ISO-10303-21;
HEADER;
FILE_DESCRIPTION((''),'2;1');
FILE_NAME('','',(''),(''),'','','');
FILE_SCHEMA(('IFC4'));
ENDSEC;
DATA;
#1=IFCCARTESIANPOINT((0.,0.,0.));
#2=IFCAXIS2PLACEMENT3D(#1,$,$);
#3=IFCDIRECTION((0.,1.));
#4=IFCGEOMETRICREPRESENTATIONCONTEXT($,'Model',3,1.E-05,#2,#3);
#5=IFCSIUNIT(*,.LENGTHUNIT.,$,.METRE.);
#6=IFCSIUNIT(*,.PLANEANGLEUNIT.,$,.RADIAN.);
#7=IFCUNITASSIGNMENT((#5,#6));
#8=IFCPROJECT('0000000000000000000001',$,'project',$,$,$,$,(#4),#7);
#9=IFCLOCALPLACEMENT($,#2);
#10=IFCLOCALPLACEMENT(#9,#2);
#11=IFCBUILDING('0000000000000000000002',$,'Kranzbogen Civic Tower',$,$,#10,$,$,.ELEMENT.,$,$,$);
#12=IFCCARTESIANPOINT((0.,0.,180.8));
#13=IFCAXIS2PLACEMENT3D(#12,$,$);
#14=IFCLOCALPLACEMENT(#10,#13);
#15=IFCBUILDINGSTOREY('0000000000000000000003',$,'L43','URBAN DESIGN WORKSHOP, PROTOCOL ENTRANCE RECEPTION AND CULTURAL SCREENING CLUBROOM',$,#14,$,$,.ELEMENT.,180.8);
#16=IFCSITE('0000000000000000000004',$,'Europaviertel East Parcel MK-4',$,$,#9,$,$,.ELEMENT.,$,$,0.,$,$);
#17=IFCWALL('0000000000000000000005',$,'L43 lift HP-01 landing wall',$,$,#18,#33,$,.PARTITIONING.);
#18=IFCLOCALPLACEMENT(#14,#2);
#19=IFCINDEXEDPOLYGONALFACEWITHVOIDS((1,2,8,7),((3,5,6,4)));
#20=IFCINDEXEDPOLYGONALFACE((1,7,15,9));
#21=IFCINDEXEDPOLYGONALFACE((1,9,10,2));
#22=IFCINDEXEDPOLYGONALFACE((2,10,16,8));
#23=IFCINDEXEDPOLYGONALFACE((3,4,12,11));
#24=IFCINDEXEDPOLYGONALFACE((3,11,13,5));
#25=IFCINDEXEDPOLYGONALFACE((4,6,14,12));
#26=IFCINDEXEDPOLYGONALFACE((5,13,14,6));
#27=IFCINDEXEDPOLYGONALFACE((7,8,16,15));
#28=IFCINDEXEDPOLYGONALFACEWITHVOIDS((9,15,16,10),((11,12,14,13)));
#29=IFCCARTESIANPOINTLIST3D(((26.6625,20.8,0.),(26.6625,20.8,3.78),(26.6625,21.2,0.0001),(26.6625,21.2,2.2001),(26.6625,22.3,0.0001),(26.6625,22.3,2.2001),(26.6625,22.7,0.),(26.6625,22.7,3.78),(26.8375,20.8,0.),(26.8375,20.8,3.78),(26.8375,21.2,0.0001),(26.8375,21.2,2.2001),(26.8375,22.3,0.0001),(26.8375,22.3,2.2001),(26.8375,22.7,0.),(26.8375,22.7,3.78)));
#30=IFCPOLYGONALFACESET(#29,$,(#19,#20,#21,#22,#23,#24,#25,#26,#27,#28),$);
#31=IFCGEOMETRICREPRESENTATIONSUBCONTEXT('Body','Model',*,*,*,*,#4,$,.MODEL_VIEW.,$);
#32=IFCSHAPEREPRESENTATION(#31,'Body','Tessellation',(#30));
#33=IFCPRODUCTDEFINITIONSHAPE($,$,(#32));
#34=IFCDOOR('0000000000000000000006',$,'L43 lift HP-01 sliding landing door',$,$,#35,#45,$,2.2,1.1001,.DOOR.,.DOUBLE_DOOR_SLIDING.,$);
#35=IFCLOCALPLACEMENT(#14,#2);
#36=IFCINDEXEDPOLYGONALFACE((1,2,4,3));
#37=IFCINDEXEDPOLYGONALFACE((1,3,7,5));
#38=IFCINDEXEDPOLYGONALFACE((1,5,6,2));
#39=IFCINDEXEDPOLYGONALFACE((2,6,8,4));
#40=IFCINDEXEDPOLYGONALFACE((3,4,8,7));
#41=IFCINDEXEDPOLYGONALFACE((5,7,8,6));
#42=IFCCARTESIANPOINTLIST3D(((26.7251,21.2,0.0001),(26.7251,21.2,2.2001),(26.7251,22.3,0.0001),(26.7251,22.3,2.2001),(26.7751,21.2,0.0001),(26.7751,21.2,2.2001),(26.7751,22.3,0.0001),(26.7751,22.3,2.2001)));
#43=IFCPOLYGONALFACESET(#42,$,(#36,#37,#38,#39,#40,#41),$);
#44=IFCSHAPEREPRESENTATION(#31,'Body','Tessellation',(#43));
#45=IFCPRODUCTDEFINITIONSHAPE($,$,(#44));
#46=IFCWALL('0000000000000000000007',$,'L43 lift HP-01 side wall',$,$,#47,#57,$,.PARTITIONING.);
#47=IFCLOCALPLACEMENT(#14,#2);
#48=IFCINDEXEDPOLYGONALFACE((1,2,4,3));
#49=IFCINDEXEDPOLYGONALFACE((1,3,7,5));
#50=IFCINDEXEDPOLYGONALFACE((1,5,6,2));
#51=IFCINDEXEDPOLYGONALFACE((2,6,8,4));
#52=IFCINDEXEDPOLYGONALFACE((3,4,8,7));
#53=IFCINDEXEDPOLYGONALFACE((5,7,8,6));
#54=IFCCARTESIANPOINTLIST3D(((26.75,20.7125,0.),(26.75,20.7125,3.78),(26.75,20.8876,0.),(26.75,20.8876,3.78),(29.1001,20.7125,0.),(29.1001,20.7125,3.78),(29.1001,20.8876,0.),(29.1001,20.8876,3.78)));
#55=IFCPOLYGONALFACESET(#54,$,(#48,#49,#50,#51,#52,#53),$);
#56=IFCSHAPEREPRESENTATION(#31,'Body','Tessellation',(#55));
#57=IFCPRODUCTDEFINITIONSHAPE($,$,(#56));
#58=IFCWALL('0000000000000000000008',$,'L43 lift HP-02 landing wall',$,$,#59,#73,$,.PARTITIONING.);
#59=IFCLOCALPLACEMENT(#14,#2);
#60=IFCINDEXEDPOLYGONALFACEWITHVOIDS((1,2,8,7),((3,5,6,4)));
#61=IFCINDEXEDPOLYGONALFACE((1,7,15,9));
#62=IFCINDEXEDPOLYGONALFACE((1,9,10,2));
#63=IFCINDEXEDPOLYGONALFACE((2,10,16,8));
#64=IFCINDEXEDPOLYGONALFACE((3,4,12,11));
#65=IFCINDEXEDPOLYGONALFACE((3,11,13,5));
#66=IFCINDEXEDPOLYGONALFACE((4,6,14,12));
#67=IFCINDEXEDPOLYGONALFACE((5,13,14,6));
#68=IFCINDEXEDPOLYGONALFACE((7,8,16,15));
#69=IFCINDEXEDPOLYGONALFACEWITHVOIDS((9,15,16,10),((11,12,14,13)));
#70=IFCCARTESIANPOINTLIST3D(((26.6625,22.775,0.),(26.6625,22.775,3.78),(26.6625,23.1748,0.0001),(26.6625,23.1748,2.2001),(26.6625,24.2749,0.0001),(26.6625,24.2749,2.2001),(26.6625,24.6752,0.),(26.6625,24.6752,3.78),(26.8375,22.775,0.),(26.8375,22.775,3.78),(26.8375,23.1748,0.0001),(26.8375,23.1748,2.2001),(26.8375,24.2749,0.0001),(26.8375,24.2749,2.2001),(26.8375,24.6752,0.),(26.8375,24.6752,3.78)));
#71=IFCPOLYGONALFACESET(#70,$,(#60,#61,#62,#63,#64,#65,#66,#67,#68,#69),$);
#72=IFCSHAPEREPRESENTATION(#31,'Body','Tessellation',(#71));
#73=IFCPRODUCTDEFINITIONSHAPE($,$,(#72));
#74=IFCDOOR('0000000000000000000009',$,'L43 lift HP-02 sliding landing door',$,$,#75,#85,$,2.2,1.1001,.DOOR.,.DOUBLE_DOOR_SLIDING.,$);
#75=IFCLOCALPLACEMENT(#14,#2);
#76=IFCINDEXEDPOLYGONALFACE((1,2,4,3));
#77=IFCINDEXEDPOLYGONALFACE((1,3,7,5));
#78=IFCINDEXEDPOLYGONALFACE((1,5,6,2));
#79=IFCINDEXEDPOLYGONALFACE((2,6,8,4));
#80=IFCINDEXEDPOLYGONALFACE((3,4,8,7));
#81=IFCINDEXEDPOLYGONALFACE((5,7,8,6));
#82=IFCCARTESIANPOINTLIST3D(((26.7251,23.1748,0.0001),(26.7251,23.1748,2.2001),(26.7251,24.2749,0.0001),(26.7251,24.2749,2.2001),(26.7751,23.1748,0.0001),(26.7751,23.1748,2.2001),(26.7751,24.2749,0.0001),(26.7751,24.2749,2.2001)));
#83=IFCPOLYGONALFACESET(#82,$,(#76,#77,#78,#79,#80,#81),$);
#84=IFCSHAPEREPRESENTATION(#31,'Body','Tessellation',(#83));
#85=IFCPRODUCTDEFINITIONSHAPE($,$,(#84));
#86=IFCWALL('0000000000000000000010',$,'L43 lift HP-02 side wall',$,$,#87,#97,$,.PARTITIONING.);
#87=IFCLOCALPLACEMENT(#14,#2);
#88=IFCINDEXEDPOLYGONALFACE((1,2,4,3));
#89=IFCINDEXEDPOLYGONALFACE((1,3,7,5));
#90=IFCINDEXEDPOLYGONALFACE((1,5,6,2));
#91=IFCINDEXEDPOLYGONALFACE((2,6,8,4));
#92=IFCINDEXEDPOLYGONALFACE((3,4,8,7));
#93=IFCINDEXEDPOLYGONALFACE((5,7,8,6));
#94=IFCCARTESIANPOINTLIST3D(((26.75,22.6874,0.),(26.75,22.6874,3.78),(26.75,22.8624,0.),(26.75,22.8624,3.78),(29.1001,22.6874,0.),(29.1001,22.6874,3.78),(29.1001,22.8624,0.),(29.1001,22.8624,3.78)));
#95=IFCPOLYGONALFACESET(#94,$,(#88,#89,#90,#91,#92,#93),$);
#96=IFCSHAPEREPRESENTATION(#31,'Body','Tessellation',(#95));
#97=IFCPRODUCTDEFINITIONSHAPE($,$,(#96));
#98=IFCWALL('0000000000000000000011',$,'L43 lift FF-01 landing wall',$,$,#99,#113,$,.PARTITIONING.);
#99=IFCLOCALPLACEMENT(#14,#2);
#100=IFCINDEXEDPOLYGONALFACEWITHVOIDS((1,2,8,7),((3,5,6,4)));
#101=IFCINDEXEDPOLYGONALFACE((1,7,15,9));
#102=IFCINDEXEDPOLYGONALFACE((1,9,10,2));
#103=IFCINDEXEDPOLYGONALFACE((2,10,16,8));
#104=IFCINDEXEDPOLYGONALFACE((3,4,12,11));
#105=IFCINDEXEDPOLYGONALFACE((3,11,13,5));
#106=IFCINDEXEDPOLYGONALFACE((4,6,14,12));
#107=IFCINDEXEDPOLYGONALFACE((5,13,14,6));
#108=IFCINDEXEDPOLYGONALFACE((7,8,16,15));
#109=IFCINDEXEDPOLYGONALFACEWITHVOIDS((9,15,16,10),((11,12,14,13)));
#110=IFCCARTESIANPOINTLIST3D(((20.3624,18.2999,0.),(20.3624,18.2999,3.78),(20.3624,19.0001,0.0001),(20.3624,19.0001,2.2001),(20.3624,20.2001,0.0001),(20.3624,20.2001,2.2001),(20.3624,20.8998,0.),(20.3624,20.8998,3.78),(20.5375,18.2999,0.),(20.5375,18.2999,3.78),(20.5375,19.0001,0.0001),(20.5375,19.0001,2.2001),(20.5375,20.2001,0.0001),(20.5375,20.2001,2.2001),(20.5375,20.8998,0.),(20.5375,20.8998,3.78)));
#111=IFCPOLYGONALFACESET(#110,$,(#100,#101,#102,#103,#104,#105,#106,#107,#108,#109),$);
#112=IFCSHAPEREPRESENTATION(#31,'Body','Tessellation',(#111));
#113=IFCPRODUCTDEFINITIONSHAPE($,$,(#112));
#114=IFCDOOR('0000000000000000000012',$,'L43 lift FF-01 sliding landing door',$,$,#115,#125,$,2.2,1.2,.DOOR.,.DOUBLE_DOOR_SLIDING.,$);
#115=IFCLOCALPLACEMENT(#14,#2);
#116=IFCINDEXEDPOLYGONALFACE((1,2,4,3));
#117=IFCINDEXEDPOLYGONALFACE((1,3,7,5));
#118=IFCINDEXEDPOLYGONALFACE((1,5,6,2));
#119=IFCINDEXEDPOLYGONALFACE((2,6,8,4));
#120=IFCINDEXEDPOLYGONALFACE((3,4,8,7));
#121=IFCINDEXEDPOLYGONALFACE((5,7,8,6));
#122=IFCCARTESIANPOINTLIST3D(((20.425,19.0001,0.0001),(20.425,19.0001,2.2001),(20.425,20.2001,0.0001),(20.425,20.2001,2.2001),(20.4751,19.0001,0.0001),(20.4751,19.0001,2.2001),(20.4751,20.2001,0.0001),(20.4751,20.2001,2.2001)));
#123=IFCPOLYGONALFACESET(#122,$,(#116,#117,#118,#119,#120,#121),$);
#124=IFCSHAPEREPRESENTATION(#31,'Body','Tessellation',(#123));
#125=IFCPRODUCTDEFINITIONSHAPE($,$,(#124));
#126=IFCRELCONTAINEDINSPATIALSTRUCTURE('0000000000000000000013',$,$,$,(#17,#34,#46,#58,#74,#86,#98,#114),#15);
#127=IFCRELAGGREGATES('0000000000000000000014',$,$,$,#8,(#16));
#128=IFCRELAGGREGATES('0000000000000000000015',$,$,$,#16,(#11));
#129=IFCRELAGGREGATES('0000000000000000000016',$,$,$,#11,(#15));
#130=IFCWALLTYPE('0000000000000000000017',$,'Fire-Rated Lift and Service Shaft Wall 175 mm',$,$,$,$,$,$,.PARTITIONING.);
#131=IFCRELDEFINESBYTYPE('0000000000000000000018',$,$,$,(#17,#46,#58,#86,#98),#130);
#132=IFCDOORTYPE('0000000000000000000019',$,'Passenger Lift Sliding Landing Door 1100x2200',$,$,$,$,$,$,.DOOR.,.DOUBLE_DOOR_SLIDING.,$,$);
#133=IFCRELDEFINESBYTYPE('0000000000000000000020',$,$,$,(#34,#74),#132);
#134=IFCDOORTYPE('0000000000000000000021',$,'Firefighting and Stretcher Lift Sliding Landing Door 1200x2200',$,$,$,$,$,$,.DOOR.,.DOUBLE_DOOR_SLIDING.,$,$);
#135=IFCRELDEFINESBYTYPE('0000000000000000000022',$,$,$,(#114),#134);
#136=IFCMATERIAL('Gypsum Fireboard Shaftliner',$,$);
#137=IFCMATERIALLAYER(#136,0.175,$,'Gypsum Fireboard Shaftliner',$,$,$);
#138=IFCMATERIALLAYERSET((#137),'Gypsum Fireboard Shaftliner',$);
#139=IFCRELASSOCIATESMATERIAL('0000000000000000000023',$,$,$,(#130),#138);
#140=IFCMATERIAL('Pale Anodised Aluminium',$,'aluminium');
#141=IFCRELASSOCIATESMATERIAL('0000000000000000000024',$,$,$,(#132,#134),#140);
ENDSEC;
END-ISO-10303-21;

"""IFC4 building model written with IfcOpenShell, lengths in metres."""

from ifc_helpers import new_model, si_unit, direction, frame, frame_2d, origin, place, context, subcontext, project, spatial, rectangle, extrude, material, layer, layer_set, type_object, element, fill, save


model = new_model("IFC4")

# Units and contexts
model_context = context("Model", 3, precision=1e-05, world=origin(), true_north=direction((0.0, 1.0)))
body_context = subcontext(model_context, "Body", "Model", "MODEL_VIEW")
ifc_project = project(units=[si_unit("LENGTHUNIT", "METRE"), si_unit("PLANEANGLEUNIT", "RADIAN")], contexts=[model_context])

# Site, building, storey
site_placement = place(None, origin())
site = spatial("IfcSite", under=ifc_project, at=site_placement, Name="Europaviertel East Parcel MK-4", CompositionType="ELEMENT", RefElevation=0.0)
building_placement = place(site_placement, origin())
building = spatial("IfcBuilding", under=site, at=building_placement, Name="Kranzbogen Civic Tower", CompositionType="ELEMENT")
storey_placement = place(building_placement, frame((0.0, 0.0, 180.8)))
storey = spatial("IfcBuildingStorey", under=building, at=storey_placement, Name="L43", Description="URBAN DESIGN WORKSHOP, PROTOCOL ENTRANCE RECEPTION AND CULTURAL SCREENING CLUBROOM", CompositionType="ELEMENT", Elevation=180.8)

# Wall, opening, door
ifc_material_1 = material(Name="Gypsum Fireboard Shaftliner")
ifc_layer_1 = layer(ifc_material_1, 0.175, Name="Gypsum Fireboard Shaftliner")
ifc_layer_set_1 = layer_set([ifc_layer_1], Name="Gypsum Fireboard Shaftliner")
wall_type_1 = type_object("IfcWallType", Name="Fire-Rated Lift and Service Shaft Wall 175 mm", PredefinedType="PARTITIONING", material=ifc_layer_set_1)
wall_1_placement = place(storey_placement, frame((26.75, 20.8, 0.0), z_axis=(0.0, 0.0, 1.0), x_axis=(0.0, 1.0, 0.0)))
wall_1 = element("IfcWall", 1, at=wall_1_placement, inside=storey, type_object=wall_type_1, Name="L43 lift HP-01 landing wall", PredefinedType="PARTITIONING", context=body_context, shape_type="SweptSolid", body=[
    extrude(rectangle(XDim=1.8999, YDim=0.175, at=frame_2d((0.95, 0.0))), origin(), (0.0, 0.0, 1.0), 3.78),
])
opening_1_placement = place(wall_1_placement, frame((0.3999, 0.0, 0.0)))
opening_1 = element("IfcOpeningElement", 2, at=opening_1_placement, cuts=wall_1, PredefinedType="OPENING", context=body_context, shape_type="SweptSolid", body=[
    extrude(rectangle(XDim=1.1001, YDim=2.2, at=frame_2d((0.55, 1.1001))), frame((0.0, 0.0977, 0.0), z_axis=(0.0, -1.0, 0.0), x_axis=(1.0, 0.0, 0.0)), (0.0, 0.0, 1.0), 0.1951),
])
ifc_material_2 = material(Name="Pale Anodised Aluminium", Category="aluminium")
door_type_1 = type_object("IfcDoorType", Name="Passenger Lift Sliding Landing Door 1100x2200", OperationType="DOUBLE_DOOR_SLIDING", PredefinedType="DOOR", material=ifc_material_2)
door_1_placement = place(opening_1_placement, origin())
door_1 = element("IfcDoor", 3, at=door_1_placement, inside=storey, type_object=door_type_1, Name="L43 lift HP-01 sliding landing door", OperationType="DOUBLE_DOOR_SLIDING", OverallHeight=2.2, OverallWidth=1.1001, PredefinedType="DOOR", context=body_context, shape_type="SweptSolid", body=[
    extrude(rectangle(XDim=1.1001, YDim=2.2, at=frame_2d((0.55, 1.1001))), frame((0.0, 0.0249, 0.0), z_axis=(0.0, -1.0, 0.0), x_axis=(1.0, 0.0, 0.0)), (0.0, 0.0, 1.0), 0.05),
])
fill(opening_1, door_1)

# Wall
wall_2_placement = place(storey_placement, frame((26.75, 20.8, 0.0), z_axis=(0.0, 0.0, 1.0), x_axis=(1.0, 0.0, 0.0)))
element("IfcWall", 4, at=wall_2_placement, inside=storey, type_object=wall_type_1, Name="L43 lift HP-01 side wall", PredefinedType="PARTITIONING", context=body_context, shape_type="SweptSolid", body=[
    extrude(rectangle(XDim=2.3501, YDim=0.175, at=frame_2d((1.175, 0.0))), origin(), (0.0, 0.0, 1.0), 3.78),
])

# Wall, opening, door
wall_3_placement = place(storey_placement, frame((26.75, 22.7749, 0.0), z_axis=(0.0, 0.0, 1.0), x_axis=(0.0, 1.0, 0.0)))
wall_3 = element("IfcWall", 5, at=wall_3_placement, inside=storey, type_object=wall_type_1, Name="L43 lift HP-02 landing wall", PredefinedType="PARTITIONING", context=body_context, shape_type="SweptSolid", body=[
    extrude(rectangle(XDim=1.9001, YDim=0.175, at=frame_2d((0.9502, 0.0))), origin(), (0.0, 0.0, 1.0), 3.78),
])
opening_2_placement = place(wall_3_placement, frame((0.3999, 0.0, 0.0)))
opening_2 = element("IfcOpeningElement", 6, at=opening_2_placement, cuts=wall_3, PredefinedType="OPENING", context=body_context, shape_type="SweptSolid", body=[
    extrude(rectangle(XDim=1.1001, YDim=2.2, at=frame_2d((0.55, 1.1001))), frame((0.0, 0.0977, 0.0), z_axis=(0.0, -1.0, 0.0), x_axis=(1.0, 0.0, 0.0)), (0.0, 0.0, 1.0), 0.1951),
])
door_2_placement = place(opening_2_placement, origin())
door_2 = element("IfcDoor", 7, at=door_2_placement, inside=storey, type_object=door_type_1, Name="L43 lift HP-02 sliding landing door", OperationType="DOUBLE_DOOR_SLIDING", OverallHeight=2.2, OverallWidth=1.1001, PredefinedType="DOOR", context=body_context, shape_type="SweptSolid", body=[
    extrude(rectangle(XDim=1.1001, YDim=2.2, at=frame_2d((0.55, 1.1001))), frame((0.0, 0.0249, 0.0), z_axis=(0.0, -1.0, 0.0), x_axis=(1.0, 0.0, 0.0)), (0.0, 0.0, 1.0), 0.05),
])
fill(opening_2, door_2)

# Wall
wall_4_placement = place(storey_placement, frame((26.75, 22.7749, 0.0), z_axis=(0.0, 0.0, 1.0), x_axis=(1.0, 0.0, 0.0)))
element("IfcWall", 8, at=wall_4_placement, inside=storey, type_object=wall_type_1, Name="L43 lift HP-02 side wall", PredefinedType="PARTITIONING", context=body_context, shape_type="SweptSolid", body=[
    extrude(rectangle(XDim=2.3501, YDim=0.175, at=frame_2d((1.175, 0.0))), origin(), (0.0, 0.0, 1.0), 3.78),
])

# Wall, opening, door
wall_5_placement = place(storey_placement, frame((20.45, 18.3, 0.0), z_axis=(0.0, 0.0, 1.0), x_axis=(0.0, 1.0, 0.0)))
wall_5 = element("IfcWall", 9, at=wall_5_placement, inside=storey, type_object=wall_type_1, Name="L43 lift FF-01 landing wall", PredefinedType="PARTITIONING", context=body_context, shape_type="SweptSolid", body=[
    extrude(rectangle(XDim=2.5999, YDim=0.175, at=frame_2d((1.2998, 0.0))), origin(), (0.0, 0.0, 1.0), 3.78),
])
opening_3_placement = place(wall_5_placement, frame((0.7, 0.0, 0.0)))
opening_3 = element("IfcOpeningElement", 10, at=opening_3_placement, cuts=wall_5, PredefinedType="OPENING", context=body_context, shape_type="SweptSolid", body=[
    extrude(rectangle(XDim=1.2, YDim=2.2, at=frame_2d((0.6001, 1.1001))), frame((0.0, 0.0977, 0.0), z_axis=(0.0, -1.0, 0.0), x_axis=(1.0, 0.0, 0.0)), (0.0, 0.0, 1.0), 0.1951),
])
door_type_2 = type_object("IfcDoorType", Name="Firefighting and Stretcher Lift Sliding Landing Door 1200x2200", OperationType="DOUBLE_DOOR_SLIDING", PredefinedType="DOOR", material=ifc_material_2)
door_3_placement = place(opening_3_placement, origin())
door_3 = element("IfcDoor", 11, at=door_3_placement, inside=storey, type_object=door_type_2, Name="L43 lift FF-01 sliding landing door", OperationType="DOUBLE_DOOR_SLIDING", OverallHeight=2.2, OverallWidth=1.2, PredefinedType="DOOR", context=body_context, shape_type="SweptSolid", body=[
    extrude(rectangle(XDim=1.2, YDim=2.2, at=frame_2d((0.6001, 1.1001))), frame((0.0, 0.0249, 0.0), z_axis=(0.0, -1.0, 0.0), x_axis=(1.0, 0.0, 0.0)), (0.0, 0.0, 1.0), 0.05),
])
fill(opening_3, door_3)

save(model, "model.ifc")
